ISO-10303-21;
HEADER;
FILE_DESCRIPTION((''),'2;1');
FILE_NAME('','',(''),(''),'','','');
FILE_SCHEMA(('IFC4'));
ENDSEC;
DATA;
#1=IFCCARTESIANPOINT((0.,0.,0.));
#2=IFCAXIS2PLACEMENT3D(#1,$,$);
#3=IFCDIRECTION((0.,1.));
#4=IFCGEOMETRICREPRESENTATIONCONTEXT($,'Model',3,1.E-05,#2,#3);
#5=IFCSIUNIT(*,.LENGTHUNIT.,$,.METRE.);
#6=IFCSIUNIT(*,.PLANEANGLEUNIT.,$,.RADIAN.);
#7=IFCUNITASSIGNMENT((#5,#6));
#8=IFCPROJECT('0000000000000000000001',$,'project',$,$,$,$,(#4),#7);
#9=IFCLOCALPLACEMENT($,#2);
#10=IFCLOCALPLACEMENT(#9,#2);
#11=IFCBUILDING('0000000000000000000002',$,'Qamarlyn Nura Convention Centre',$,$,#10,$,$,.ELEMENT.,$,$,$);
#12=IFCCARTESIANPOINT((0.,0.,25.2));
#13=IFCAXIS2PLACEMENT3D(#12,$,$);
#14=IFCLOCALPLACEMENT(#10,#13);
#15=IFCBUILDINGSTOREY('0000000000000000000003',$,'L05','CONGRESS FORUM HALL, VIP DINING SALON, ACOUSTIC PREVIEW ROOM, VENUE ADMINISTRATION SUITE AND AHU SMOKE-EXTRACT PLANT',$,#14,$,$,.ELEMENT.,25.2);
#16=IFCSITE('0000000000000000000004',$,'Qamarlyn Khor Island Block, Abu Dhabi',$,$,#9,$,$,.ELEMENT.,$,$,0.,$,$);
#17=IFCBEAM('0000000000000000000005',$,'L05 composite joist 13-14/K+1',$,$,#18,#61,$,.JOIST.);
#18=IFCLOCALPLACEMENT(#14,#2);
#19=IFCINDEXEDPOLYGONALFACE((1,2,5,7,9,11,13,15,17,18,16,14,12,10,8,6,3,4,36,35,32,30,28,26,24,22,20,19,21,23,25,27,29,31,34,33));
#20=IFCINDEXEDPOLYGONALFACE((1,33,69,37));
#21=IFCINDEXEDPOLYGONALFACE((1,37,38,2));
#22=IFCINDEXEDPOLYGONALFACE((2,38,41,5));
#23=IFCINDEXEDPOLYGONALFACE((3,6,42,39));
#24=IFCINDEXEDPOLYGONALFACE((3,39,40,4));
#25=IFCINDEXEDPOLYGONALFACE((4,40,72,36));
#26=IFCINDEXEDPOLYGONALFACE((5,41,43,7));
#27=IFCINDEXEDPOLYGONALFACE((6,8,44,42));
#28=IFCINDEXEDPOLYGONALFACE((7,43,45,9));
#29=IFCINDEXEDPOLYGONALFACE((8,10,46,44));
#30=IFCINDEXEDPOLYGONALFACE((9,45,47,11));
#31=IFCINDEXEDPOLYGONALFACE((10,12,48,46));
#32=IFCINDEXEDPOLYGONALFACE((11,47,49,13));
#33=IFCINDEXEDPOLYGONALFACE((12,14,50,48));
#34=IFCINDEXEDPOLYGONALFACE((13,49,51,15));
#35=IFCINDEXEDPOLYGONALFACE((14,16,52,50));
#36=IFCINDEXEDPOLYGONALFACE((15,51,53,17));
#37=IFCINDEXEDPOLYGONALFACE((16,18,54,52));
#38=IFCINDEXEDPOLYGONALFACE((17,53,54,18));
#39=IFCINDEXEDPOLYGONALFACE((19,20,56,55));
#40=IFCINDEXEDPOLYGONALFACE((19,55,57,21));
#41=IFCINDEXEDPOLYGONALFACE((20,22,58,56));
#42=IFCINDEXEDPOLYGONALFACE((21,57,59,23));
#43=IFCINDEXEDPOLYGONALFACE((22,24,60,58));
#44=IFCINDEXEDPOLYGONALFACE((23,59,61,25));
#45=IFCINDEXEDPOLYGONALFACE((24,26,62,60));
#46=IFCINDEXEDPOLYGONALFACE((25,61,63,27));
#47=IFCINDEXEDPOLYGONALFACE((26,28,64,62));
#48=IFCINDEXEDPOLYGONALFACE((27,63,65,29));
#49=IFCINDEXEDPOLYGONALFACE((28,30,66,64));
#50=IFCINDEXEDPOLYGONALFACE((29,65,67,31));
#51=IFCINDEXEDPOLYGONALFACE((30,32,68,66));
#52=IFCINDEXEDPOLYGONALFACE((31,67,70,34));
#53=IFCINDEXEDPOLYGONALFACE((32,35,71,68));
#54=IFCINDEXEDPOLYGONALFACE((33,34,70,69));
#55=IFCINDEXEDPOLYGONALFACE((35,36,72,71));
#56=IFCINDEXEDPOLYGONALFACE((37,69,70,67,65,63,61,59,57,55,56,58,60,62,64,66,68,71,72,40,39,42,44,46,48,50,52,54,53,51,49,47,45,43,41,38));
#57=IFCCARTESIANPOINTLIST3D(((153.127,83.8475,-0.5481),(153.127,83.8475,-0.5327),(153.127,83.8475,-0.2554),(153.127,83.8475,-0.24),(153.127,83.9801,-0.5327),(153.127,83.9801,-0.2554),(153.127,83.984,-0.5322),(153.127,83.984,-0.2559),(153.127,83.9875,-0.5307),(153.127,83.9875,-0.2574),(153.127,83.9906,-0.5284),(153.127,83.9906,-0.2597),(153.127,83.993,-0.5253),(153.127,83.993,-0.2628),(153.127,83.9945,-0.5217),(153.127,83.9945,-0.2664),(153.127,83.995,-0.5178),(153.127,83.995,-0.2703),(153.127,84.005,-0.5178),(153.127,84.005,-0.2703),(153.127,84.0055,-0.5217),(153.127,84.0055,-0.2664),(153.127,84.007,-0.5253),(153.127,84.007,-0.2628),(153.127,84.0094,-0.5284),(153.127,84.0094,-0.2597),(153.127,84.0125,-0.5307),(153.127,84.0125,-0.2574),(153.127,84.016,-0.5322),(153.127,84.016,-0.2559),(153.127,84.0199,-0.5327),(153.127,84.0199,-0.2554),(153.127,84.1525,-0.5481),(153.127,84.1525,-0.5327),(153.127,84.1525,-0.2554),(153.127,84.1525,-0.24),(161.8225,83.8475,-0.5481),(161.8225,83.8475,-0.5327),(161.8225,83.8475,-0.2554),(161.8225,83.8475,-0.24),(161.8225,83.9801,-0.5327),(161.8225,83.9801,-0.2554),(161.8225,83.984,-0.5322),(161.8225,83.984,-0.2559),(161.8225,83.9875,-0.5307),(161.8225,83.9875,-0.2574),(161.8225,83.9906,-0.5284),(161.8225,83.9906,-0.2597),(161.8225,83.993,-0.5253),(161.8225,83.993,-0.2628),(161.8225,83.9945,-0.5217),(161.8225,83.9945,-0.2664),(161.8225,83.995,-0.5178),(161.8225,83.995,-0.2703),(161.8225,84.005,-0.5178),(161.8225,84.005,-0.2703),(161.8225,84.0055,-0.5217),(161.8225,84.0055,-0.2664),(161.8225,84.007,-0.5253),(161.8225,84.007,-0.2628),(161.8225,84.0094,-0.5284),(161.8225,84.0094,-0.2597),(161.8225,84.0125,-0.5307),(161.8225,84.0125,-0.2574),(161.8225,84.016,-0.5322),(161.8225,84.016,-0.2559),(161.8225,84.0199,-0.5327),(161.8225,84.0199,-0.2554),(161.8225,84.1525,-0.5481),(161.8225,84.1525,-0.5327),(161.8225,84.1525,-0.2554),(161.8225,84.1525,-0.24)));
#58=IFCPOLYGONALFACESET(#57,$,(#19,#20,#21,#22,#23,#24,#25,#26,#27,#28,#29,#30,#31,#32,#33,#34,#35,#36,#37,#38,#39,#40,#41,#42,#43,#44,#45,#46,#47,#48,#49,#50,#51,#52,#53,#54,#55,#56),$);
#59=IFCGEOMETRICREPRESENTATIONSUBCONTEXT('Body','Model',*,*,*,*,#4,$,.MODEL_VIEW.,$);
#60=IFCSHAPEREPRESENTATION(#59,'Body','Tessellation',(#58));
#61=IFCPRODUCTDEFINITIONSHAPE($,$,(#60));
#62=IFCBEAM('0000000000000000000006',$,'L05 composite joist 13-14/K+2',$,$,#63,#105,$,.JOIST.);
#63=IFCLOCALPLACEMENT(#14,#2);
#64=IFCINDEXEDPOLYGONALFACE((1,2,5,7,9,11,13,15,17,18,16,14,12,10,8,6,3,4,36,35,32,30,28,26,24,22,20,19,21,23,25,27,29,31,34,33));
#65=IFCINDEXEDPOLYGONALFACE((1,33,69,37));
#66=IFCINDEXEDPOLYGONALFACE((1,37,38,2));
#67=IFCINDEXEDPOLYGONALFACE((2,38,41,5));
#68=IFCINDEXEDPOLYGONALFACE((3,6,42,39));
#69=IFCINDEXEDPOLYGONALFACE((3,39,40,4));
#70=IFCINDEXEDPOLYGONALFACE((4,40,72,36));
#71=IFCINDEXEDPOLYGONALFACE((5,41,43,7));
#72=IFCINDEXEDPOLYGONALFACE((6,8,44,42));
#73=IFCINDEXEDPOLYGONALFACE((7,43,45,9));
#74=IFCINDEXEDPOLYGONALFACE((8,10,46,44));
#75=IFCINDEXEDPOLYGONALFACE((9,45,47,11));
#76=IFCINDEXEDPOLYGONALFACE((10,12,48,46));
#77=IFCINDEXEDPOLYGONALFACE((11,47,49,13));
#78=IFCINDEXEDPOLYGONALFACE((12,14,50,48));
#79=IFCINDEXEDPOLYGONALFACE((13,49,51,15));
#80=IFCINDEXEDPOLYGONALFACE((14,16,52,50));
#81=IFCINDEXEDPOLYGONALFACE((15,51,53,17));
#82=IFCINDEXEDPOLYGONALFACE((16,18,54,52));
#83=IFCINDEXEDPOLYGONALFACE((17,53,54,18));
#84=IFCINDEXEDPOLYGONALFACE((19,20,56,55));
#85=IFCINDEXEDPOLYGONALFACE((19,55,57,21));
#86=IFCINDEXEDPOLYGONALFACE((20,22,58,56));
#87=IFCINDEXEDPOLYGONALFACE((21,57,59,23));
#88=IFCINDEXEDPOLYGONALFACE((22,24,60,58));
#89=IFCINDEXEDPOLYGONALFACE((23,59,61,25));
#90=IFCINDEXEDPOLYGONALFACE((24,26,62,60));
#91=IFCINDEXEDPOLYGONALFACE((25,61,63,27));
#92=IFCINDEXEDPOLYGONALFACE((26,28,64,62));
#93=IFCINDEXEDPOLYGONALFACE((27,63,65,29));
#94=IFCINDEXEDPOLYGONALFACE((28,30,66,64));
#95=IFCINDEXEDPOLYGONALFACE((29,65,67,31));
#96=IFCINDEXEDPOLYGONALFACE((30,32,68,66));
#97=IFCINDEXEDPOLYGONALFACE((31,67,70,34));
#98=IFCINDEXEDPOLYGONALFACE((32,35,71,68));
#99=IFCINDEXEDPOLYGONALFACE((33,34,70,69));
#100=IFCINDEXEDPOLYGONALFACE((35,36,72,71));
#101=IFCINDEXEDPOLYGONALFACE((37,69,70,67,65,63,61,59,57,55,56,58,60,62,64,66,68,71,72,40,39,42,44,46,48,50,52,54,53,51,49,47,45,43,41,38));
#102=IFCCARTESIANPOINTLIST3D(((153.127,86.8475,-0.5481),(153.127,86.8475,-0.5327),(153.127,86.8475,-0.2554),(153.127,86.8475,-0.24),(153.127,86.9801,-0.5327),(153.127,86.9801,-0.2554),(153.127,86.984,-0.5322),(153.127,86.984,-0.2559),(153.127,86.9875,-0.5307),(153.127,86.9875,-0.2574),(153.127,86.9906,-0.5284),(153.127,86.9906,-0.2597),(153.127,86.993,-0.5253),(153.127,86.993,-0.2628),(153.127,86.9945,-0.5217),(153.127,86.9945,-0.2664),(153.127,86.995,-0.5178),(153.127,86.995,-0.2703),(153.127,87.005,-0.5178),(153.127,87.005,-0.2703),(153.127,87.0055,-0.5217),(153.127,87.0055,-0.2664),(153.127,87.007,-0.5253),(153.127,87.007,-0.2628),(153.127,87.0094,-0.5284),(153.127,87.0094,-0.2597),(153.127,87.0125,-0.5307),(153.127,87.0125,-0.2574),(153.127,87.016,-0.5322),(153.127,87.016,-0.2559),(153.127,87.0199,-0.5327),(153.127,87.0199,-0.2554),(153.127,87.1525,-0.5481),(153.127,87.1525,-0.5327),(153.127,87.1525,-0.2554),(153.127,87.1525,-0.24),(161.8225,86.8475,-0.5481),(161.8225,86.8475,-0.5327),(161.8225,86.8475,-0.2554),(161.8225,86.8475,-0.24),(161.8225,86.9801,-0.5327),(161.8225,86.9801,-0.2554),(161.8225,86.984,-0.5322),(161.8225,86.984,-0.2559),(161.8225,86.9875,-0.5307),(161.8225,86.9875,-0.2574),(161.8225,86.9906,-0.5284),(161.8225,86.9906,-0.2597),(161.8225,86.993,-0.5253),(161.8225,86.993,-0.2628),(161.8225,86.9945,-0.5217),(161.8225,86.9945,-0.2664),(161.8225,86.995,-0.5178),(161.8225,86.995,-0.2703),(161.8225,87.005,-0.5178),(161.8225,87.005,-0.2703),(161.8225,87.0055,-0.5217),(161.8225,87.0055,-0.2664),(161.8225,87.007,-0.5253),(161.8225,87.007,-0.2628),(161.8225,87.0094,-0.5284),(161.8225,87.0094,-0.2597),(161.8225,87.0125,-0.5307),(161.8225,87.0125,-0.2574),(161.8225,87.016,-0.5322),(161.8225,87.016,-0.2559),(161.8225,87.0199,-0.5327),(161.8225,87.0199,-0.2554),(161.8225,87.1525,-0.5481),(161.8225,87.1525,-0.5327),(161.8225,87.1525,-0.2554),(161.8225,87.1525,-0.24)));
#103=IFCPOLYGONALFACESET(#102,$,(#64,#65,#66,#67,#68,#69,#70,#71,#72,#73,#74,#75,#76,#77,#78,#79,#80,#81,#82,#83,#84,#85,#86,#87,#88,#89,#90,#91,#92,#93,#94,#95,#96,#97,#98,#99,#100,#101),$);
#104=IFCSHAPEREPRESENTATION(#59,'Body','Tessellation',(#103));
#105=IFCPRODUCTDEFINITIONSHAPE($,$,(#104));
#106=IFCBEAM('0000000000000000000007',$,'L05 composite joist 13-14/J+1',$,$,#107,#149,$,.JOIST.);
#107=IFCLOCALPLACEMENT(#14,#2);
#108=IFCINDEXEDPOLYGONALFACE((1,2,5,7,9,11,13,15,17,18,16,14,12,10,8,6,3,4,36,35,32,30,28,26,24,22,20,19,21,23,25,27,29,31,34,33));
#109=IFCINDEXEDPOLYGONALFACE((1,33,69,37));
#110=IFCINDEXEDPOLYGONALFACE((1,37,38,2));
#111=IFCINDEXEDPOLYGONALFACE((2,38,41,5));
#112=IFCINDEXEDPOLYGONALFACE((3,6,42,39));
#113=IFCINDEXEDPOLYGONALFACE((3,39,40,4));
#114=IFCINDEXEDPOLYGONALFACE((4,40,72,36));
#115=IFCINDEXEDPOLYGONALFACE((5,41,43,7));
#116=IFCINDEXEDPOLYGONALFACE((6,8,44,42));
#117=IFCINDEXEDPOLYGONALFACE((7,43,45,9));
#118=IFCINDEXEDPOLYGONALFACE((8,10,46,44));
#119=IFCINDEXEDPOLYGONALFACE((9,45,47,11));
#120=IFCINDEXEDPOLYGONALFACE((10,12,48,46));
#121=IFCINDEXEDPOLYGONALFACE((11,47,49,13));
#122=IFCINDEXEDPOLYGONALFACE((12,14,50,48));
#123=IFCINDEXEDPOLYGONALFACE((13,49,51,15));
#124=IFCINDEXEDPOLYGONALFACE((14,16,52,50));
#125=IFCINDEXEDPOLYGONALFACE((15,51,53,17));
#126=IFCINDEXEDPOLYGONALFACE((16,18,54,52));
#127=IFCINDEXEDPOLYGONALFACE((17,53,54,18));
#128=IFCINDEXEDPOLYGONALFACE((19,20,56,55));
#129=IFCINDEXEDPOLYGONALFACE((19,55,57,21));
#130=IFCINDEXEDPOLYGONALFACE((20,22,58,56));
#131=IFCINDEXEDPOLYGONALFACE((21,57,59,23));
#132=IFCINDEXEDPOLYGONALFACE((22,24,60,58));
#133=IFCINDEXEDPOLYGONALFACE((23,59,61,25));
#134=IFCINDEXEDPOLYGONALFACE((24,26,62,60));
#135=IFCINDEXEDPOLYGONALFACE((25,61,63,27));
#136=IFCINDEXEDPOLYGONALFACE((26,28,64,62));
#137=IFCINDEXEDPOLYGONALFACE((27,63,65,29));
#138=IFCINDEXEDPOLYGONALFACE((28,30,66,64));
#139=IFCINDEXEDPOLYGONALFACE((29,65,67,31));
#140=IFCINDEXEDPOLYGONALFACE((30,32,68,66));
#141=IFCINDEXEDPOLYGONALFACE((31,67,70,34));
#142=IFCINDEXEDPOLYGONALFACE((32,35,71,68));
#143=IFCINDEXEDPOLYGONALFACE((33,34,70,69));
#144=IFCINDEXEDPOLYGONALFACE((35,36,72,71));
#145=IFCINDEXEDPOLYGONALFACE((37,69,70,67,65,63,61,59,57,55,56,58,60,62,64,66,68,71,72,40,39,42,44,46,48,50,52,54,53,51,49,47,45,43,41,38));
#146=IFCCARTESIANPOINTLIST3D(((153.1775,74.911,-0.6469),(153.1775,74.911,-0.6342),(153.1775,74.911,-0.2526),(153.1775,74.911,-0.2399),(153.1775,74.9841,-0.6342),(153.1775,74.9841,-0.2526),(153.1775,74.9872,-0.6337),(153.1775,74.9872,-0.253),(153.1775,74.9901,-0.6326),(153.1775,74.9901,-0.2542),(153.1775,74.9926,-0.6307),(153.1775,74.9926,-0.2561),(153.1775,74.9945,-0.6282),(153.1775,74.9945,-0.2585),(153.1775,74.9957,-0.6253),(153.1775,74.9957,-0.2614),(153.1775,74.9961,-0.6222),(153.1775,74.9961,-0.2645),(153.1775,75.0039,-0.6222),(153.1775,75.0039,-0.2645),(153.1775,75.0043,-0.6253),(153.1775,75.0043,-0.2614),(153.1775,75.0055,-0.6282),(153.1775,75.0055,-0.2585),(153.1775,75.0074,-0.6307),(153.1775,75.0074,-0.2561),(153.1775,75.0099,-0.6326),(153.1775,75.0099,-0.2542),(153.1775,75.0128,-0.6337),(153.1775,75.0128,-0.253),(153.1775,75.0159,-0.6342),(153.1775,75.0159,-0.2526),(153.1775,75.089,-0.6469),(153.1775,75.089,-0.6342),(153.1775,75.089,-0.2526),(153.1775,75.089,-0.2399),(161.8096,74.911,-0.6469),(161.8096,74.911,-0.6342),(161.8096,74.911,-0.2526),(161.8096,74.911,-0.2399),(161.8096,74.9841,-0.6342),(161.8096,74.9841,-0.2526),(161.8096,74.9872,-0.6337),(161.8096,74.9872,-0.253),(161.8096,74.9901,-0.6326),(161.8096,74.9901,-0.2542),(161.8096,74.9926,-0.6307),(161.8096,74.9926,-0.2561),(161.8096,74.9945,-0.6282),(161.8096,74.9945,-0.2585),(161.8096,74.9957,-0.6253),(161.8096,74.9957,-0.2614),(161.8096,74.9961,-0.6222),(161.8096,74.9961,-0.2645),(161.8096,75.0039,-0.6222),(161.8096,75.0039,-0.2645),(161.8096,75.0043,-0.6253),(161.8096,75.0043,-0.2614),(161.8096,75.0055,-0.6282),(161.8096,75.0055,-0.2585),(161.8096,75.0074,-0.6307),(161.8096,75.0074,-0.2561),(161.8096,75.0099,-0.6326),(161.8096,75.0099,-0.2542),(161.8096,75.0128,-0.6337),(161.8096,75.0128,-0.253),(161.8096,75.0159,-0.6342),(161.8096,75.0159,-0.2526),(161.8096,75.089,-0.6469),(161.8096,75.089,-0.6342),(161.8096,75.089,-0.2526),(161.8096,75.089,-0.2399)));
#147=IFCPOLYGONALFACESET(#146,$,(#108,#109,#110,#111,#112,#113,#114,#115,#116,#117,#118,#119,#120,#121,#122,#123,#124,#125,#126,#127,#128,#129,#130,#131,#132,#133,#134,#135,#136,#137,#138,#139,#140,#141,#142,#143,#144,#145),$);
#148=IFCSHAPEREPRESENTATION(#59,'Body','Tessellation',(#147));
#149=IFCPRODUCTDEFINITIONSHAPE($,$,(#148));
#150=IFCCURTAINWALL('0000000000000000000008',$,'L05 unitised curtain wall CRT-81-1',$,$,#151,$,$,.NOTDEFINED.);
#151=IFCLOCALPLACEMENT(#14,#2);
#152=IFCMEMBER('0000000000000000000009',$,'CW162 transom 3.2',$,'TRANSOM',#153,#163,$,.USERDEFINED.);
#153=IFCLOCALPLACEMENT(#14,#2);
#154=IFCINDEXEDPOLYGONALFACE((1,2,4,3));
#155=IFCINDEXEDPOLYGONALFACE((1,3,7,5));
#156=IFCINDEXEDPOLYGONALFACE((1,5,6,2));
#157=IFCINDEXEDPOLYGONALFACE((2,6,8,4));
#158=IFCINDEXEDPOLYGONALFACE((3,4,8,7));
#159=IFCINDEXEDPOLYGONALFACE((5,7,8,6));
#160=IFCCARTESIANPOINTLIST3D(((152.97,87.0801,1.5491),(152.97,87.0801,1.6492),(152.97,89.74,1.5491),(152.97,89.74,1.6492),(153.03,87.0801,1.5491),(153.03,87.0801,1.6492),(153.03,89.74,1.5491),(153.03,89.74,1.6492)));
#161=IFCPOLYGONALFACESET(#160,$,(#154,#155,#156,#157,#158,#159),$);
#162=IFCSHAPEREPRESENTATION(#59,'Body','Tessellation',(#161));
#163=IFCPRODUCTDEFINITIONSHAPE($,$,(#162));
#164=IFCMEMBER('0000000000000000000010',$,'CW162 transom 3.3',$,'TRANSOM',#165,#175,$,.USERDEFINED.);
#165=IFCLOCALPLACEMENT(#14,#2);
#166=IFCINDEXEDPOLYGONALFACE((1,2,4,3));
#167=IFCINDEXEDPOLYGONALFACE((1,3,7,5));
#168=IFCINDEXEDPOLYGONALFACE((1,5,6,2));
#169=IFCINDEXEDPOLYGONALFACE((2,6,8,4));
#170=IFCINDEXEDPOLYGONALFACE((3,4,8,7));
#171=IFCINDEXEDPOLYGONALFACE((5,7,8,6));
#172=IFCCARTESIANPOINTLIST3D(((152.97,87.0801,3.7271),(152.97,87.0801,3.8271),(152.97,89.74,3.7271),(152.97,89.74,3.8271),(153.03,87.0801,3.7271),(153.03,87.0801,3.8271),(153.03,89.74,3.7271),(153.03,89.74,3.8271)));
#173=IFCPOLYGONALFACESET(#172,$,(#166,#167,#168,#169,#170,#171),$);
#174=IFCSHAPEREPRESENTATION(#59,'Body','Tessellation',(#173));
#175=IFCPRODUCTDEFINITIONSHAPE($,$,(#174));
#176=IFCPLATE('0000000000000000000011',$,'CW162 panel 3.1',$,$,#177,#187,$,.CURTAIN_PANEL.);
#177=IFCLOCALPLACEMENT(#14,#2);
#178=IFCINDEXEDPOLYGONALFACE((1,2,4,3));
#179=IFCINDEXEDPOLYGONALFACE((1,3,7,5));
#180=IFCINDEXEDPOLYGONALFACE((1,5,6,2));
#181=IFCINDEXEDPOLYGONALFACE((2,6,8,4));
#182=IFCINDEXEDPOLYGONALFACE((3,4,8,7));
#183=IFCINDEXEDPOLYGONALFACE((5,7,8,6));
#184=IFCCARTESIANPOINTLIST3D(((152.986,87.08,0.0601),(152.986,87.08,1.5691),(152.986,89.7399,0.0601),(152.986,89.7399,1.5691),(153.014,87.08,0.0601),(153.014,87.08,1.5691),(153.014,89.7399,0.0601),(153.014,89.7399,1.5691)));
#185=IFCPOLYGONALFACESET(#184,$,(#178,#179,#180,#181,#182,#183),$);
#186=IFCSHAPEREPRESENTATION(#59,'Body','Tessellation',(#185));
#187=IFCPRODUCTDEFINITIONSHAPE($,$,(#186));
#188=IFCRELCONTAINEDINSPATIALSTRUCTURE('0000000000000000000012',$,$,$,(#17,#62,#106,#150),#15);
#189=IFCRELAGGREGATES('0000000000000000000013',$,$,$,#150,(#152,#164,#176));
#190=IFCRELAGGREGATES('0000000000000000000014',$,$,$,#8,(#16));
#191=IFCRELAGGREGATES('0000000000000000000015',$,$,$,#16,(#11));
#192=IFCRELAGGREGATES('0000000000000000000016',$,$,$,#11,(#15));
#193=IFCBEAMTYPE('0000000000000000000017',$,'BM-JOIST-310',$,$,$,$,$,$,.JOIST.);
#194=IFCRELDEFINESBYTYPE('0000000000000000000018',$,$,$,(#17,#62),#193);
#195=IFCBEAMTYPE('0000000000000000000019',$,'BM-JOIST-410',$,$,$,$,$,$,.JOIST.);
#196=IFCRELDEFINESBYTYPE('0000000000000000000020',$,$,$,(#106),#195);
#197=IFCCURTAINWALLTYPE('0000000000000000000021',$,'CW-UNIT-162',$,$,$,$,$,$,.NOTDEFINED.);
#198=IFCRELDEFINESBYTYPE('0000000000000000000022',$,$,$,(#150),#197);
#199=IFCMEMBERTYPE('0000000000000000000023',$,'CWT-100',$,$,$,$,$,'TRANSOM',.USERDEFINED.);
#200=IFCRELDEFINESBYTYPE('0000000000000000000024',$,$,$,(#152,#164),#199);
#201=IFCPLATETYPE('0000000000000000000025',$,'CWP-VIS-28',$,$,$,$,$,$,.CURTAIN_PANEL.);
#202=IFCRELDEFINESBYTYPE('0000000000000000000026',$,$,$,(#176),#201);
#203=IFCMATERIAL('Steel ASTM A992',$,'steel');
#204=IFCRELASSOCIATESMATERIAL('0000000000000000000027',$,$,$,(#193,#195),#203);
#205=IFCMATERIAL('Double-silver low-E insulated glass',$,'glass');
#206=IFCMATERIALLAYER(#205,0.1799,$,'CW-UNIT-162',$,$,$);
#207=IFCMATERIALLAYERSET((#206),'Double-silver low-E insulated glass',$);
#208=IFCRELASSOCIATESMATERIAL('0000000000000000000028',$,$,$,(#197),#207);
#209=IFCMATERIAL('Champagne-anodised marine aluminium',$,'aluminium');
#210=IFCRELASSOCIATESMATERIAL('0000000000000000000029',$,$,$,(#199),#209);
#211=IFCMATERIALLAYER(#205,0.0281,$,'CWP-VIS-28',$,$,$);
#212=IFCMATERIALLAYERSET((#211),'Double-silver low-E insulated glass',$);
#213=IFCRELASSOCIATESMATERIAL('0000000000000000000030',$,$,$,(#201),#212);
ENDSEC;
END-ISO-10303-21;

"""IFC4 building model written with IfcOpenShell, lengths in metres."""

from ifc_helpers import new_model, si_unit, direction, frame, origin, origin_2d, place, context, subcontext, project, spatial, rectangle, i_section, extrude, material, layer, layer_set, material_profile, profile_set, type_object, element, aggregate, save


model = new_model("IFC4")

# Units and contexts
model_context = context("Model", 3, precision=1e-05, world=origin(), true_north=direction((0.0, 1.0)))
body_context = subcontext(model_context, "Body", "Model", "MODEL_VIEW")
ifc_project = project(units=[si_unit("LENGTHUNIT", "METRE"), si_unit("PLANEANGLEUNIT", "RADIAN")], contexts=[model_context])

# Site, building, storey
site_placement = place(None, origin())
site = spatial("IfcSite", under=ifc_project, at=site_placement, Name="Qamarlyn Khor Island Block, Abu Dhabi", CompositionType="ELEMENT", RefElevation=0.0)
building_placement = place(site_placement, origin())
building = spatial("IfcBuilding", under=site, at=building_placement, Name="Qamarlyn Nura Convention Centre", CompositionType="ELEMENT")
storey_placement = place(building_placement, frame((0.0, 0.0, 25.2)))
storey = spatial("IfcBuildingStorey", under=building, at=storey_placement, Name="L05", Description="CONGRESS FORUM HALL, VIP DINING SALON, ACOUSTIC PREVIEW ROOM, VENUE ADMINISTRATION SUITE AND AHU SMOKE-EXTRACT PLANT", CompositionType="ELEMENT", Elevation=25.2)

# Shared definitions
ifc_material_1 = material(Name="Steel ASTM A992", Category="steel")

# Beams
ifc_material_profile_1 = material_profile(ifc_material_1, i_section(OverallWidth=0.3049, OverallDepth=0.3081, WebThickness=0.01, FlangeThickness=0.0154, FilletRadius=0.0149, at=origin_2d()), Name="W310X97")
ifc_profile_set_1 = profile_set([ifc_material_profile_1], Name="Steel ASTM A992")
beam_type_1 = type_object("IfcBeamType", Name="BM-JOIST-310", PredefinedType="JOIST", material=ifc_profile_set_1)
for number, where, z_axis, x_axis, name in (
    (1, (153.127, 84.0, -0.394), (1.0, 0.0, 0.0), (0.0, 1.0, 0.0), "L05 composite joist 13-14/K+1"),
    (2, (153.127, 87.0, -0.394), (1.0, 0.0, 0.0), (0.0, 1.0, 0.0), "L05 composite joist 13-14/K+2"),
):
    element("IfcBeam", number, at=place(storey_placement, frame(where, z_axis=z_axis, x_axis=x_axis)), inside=storey, type_object=beam_type_1, Name=name, PredefinedType="JOIST", context=body_context, shape_type="SweptSolid", body=[
        extrude(i_section(OverallWidth=0.3049, OverallDepth=0.3081, WebThickness=0.01, FlangeThickness=0.0154, FilletRadius=0.0149, at=origin_2d()), origin(), (0.0, 0.0, 1.0), 8.6956),
    ])
ifc_material_profile_2 = material_profile(ifc_material_1, i_section(OverallWidth=0.178, OverallDepth=0.407, WebThickness=0.0078, FlangeThickness=0.0127, FilletRadius=0.012, at=origin_2d()), Name="W410X60")
ifc_profile_set_2 = profile_set([ifc_material_profile_2], Name="Steel ASTM A992")
beam_type_2 = type_object("IfcBeamType", Name="BM-JOIST-410", PredefinedType="JOIST", material=ifc_profile_set_2)
beam_1_placement = place(storey_placement, frame((153.1775, 75.0, -0.4434), z_axis=(1.0, 0.0, 0.0), x_axis=(0.0, 1.0, 0.0)))
element("IfcBeam", 3, at=beam_1_placement, inside=storey, type_object=beam_type_2, Name="L05 composite joist 13-14/J+1", PredefinedType="JOIST", context=body_context, shape_type="SweptSolid", body=[
    extrude(i_section(OverallWidth=0.178, OverallDepth=0.407, WebThickness=0.0078, FlangeThickness=0.0127, FilletRadius=0.012, at=origin_2d()), origin(), (0.0, 0.0, 1.0), 8.6321),
])

# Curtain wall, members, plate
ifc_material_2 = material(Name="Double-silver low-E insulated glass", Category="glass")
ifc_layer_1 = layer(ifc_material_2, 0.1799, Name="CW-UNIT-162")
ifc_layer_set_1 = layer_set([ifc_layer_1], Name="Double-silver low-E insulated glass")
curtain_wall_type = type_object("IfcCurtainWallType", Name="CW-UNIT-162", PredefinedType="NOTDEFINED", material=ifc_layer_set_1)
curtain_wall_placement = place(storey_placement, origin())
curtain_wall = element("IfcCurtainWall", 4, at=curtain_wall_placement, inside=storey, type_object=curtain_wall_type, Name="L05 unitised curtain wall CRT-81-1", PredefinedType="NOTDEFINED")
ifc_material_3 = material(Name="Champagne-anodised marine aluminium", Category="aluminium")
ifc_material_profile_3 = material_profile(ifc_material_3, rectangle(XDim=0.0601, YDim=0.1001, at=origin_2d()), Name="ALU TRANSOM 60x100")
ifc_profile_set_3 = profile_set([ifc_material_profile_3], Name="Champagne-anodised marine aluminium")
member_type = type_object("IfcMemberType", Name="CWT-100", ElementType="TRANSOM", PredefinedType="USERDEFINED", material=ifc_profile_set_3)
member_1_placement = place(storey_placement, frame((153.0, 87.0801, 1.5991), z_axis=(0.0, 1.0, 0.0), x_axis=(-1.0, 0.0, 0.0)))
member_1 = element("IfcMember", 5, at=member_1_placement, type_object=member_type, Name="CW162 transom 3.2", ObjectType="TRANSOM", PredefinedType="USERDEFINED", context=body_context, shape_type="SweptSolid", body=[
    extrude(rectangle(XDim=0.0601, YDim=0.1001, at=origin_2d()), origin(), (0.0, 0.0, 1.0), 2.6599),
])
member_2_placement = place(storey_placement, frame((153.0, 87.0801, 3.7771), z_axis=(0.0, 1.0, 0.0), x_axis=(-1.0, 0.0, 0.0)))
member_2 = element("IfcMember", 6, at=member_2_placement, type_object=member_type, Name="CW162 transom 3.3", ObjectType="TRANSOM", PredefinedType="USERDEFINED", context=body_context, shape_type="SweptSolid", body=[
    extrude(rectangle(XDim=0.0601, YDim=0.1001, at=origin_2d()), origin(), (0.0, 0.0, 1.0), 2.6599),
])
ifc_layer_2 = layer(ifc_material_2, 0.0281, Name="CWP-VIS-28")
ifc_layer_set_2 = layer_set([ifc_layer_2], Name="Double-silver low-E insulated glass")
plate_type = type_object("IfcPlateType", Name="CWP-VIS-28", PredefinedType="CURTAIN_PANEL", material=ifc_layer_set_2)
plate_1_placement = place(storey_placement, frame((153.0, 88.4099, 0.0601), z_axis=(0.0, 0.0, 1.0), x_axis=(0.0, 1.0, 0.0)))
plate_1 = element("IfcPlate", 7, at=plate_1_placement, type_object=plate_type, Name="CW162 panel 3.1", PredefinedType="CURTAIN_PANEL", context=body_context, shape_type="SweptSolid", body=[
    extrude(rectangle(XDim=2.6599, YDim=0.0281, at=origin_2d()), origin(), (0.0, 0.0, 1.0), 1.509),
])
aggregate(curtain_wall, [member_1, member_2, plate_1])

save(model, "model.ifc")
